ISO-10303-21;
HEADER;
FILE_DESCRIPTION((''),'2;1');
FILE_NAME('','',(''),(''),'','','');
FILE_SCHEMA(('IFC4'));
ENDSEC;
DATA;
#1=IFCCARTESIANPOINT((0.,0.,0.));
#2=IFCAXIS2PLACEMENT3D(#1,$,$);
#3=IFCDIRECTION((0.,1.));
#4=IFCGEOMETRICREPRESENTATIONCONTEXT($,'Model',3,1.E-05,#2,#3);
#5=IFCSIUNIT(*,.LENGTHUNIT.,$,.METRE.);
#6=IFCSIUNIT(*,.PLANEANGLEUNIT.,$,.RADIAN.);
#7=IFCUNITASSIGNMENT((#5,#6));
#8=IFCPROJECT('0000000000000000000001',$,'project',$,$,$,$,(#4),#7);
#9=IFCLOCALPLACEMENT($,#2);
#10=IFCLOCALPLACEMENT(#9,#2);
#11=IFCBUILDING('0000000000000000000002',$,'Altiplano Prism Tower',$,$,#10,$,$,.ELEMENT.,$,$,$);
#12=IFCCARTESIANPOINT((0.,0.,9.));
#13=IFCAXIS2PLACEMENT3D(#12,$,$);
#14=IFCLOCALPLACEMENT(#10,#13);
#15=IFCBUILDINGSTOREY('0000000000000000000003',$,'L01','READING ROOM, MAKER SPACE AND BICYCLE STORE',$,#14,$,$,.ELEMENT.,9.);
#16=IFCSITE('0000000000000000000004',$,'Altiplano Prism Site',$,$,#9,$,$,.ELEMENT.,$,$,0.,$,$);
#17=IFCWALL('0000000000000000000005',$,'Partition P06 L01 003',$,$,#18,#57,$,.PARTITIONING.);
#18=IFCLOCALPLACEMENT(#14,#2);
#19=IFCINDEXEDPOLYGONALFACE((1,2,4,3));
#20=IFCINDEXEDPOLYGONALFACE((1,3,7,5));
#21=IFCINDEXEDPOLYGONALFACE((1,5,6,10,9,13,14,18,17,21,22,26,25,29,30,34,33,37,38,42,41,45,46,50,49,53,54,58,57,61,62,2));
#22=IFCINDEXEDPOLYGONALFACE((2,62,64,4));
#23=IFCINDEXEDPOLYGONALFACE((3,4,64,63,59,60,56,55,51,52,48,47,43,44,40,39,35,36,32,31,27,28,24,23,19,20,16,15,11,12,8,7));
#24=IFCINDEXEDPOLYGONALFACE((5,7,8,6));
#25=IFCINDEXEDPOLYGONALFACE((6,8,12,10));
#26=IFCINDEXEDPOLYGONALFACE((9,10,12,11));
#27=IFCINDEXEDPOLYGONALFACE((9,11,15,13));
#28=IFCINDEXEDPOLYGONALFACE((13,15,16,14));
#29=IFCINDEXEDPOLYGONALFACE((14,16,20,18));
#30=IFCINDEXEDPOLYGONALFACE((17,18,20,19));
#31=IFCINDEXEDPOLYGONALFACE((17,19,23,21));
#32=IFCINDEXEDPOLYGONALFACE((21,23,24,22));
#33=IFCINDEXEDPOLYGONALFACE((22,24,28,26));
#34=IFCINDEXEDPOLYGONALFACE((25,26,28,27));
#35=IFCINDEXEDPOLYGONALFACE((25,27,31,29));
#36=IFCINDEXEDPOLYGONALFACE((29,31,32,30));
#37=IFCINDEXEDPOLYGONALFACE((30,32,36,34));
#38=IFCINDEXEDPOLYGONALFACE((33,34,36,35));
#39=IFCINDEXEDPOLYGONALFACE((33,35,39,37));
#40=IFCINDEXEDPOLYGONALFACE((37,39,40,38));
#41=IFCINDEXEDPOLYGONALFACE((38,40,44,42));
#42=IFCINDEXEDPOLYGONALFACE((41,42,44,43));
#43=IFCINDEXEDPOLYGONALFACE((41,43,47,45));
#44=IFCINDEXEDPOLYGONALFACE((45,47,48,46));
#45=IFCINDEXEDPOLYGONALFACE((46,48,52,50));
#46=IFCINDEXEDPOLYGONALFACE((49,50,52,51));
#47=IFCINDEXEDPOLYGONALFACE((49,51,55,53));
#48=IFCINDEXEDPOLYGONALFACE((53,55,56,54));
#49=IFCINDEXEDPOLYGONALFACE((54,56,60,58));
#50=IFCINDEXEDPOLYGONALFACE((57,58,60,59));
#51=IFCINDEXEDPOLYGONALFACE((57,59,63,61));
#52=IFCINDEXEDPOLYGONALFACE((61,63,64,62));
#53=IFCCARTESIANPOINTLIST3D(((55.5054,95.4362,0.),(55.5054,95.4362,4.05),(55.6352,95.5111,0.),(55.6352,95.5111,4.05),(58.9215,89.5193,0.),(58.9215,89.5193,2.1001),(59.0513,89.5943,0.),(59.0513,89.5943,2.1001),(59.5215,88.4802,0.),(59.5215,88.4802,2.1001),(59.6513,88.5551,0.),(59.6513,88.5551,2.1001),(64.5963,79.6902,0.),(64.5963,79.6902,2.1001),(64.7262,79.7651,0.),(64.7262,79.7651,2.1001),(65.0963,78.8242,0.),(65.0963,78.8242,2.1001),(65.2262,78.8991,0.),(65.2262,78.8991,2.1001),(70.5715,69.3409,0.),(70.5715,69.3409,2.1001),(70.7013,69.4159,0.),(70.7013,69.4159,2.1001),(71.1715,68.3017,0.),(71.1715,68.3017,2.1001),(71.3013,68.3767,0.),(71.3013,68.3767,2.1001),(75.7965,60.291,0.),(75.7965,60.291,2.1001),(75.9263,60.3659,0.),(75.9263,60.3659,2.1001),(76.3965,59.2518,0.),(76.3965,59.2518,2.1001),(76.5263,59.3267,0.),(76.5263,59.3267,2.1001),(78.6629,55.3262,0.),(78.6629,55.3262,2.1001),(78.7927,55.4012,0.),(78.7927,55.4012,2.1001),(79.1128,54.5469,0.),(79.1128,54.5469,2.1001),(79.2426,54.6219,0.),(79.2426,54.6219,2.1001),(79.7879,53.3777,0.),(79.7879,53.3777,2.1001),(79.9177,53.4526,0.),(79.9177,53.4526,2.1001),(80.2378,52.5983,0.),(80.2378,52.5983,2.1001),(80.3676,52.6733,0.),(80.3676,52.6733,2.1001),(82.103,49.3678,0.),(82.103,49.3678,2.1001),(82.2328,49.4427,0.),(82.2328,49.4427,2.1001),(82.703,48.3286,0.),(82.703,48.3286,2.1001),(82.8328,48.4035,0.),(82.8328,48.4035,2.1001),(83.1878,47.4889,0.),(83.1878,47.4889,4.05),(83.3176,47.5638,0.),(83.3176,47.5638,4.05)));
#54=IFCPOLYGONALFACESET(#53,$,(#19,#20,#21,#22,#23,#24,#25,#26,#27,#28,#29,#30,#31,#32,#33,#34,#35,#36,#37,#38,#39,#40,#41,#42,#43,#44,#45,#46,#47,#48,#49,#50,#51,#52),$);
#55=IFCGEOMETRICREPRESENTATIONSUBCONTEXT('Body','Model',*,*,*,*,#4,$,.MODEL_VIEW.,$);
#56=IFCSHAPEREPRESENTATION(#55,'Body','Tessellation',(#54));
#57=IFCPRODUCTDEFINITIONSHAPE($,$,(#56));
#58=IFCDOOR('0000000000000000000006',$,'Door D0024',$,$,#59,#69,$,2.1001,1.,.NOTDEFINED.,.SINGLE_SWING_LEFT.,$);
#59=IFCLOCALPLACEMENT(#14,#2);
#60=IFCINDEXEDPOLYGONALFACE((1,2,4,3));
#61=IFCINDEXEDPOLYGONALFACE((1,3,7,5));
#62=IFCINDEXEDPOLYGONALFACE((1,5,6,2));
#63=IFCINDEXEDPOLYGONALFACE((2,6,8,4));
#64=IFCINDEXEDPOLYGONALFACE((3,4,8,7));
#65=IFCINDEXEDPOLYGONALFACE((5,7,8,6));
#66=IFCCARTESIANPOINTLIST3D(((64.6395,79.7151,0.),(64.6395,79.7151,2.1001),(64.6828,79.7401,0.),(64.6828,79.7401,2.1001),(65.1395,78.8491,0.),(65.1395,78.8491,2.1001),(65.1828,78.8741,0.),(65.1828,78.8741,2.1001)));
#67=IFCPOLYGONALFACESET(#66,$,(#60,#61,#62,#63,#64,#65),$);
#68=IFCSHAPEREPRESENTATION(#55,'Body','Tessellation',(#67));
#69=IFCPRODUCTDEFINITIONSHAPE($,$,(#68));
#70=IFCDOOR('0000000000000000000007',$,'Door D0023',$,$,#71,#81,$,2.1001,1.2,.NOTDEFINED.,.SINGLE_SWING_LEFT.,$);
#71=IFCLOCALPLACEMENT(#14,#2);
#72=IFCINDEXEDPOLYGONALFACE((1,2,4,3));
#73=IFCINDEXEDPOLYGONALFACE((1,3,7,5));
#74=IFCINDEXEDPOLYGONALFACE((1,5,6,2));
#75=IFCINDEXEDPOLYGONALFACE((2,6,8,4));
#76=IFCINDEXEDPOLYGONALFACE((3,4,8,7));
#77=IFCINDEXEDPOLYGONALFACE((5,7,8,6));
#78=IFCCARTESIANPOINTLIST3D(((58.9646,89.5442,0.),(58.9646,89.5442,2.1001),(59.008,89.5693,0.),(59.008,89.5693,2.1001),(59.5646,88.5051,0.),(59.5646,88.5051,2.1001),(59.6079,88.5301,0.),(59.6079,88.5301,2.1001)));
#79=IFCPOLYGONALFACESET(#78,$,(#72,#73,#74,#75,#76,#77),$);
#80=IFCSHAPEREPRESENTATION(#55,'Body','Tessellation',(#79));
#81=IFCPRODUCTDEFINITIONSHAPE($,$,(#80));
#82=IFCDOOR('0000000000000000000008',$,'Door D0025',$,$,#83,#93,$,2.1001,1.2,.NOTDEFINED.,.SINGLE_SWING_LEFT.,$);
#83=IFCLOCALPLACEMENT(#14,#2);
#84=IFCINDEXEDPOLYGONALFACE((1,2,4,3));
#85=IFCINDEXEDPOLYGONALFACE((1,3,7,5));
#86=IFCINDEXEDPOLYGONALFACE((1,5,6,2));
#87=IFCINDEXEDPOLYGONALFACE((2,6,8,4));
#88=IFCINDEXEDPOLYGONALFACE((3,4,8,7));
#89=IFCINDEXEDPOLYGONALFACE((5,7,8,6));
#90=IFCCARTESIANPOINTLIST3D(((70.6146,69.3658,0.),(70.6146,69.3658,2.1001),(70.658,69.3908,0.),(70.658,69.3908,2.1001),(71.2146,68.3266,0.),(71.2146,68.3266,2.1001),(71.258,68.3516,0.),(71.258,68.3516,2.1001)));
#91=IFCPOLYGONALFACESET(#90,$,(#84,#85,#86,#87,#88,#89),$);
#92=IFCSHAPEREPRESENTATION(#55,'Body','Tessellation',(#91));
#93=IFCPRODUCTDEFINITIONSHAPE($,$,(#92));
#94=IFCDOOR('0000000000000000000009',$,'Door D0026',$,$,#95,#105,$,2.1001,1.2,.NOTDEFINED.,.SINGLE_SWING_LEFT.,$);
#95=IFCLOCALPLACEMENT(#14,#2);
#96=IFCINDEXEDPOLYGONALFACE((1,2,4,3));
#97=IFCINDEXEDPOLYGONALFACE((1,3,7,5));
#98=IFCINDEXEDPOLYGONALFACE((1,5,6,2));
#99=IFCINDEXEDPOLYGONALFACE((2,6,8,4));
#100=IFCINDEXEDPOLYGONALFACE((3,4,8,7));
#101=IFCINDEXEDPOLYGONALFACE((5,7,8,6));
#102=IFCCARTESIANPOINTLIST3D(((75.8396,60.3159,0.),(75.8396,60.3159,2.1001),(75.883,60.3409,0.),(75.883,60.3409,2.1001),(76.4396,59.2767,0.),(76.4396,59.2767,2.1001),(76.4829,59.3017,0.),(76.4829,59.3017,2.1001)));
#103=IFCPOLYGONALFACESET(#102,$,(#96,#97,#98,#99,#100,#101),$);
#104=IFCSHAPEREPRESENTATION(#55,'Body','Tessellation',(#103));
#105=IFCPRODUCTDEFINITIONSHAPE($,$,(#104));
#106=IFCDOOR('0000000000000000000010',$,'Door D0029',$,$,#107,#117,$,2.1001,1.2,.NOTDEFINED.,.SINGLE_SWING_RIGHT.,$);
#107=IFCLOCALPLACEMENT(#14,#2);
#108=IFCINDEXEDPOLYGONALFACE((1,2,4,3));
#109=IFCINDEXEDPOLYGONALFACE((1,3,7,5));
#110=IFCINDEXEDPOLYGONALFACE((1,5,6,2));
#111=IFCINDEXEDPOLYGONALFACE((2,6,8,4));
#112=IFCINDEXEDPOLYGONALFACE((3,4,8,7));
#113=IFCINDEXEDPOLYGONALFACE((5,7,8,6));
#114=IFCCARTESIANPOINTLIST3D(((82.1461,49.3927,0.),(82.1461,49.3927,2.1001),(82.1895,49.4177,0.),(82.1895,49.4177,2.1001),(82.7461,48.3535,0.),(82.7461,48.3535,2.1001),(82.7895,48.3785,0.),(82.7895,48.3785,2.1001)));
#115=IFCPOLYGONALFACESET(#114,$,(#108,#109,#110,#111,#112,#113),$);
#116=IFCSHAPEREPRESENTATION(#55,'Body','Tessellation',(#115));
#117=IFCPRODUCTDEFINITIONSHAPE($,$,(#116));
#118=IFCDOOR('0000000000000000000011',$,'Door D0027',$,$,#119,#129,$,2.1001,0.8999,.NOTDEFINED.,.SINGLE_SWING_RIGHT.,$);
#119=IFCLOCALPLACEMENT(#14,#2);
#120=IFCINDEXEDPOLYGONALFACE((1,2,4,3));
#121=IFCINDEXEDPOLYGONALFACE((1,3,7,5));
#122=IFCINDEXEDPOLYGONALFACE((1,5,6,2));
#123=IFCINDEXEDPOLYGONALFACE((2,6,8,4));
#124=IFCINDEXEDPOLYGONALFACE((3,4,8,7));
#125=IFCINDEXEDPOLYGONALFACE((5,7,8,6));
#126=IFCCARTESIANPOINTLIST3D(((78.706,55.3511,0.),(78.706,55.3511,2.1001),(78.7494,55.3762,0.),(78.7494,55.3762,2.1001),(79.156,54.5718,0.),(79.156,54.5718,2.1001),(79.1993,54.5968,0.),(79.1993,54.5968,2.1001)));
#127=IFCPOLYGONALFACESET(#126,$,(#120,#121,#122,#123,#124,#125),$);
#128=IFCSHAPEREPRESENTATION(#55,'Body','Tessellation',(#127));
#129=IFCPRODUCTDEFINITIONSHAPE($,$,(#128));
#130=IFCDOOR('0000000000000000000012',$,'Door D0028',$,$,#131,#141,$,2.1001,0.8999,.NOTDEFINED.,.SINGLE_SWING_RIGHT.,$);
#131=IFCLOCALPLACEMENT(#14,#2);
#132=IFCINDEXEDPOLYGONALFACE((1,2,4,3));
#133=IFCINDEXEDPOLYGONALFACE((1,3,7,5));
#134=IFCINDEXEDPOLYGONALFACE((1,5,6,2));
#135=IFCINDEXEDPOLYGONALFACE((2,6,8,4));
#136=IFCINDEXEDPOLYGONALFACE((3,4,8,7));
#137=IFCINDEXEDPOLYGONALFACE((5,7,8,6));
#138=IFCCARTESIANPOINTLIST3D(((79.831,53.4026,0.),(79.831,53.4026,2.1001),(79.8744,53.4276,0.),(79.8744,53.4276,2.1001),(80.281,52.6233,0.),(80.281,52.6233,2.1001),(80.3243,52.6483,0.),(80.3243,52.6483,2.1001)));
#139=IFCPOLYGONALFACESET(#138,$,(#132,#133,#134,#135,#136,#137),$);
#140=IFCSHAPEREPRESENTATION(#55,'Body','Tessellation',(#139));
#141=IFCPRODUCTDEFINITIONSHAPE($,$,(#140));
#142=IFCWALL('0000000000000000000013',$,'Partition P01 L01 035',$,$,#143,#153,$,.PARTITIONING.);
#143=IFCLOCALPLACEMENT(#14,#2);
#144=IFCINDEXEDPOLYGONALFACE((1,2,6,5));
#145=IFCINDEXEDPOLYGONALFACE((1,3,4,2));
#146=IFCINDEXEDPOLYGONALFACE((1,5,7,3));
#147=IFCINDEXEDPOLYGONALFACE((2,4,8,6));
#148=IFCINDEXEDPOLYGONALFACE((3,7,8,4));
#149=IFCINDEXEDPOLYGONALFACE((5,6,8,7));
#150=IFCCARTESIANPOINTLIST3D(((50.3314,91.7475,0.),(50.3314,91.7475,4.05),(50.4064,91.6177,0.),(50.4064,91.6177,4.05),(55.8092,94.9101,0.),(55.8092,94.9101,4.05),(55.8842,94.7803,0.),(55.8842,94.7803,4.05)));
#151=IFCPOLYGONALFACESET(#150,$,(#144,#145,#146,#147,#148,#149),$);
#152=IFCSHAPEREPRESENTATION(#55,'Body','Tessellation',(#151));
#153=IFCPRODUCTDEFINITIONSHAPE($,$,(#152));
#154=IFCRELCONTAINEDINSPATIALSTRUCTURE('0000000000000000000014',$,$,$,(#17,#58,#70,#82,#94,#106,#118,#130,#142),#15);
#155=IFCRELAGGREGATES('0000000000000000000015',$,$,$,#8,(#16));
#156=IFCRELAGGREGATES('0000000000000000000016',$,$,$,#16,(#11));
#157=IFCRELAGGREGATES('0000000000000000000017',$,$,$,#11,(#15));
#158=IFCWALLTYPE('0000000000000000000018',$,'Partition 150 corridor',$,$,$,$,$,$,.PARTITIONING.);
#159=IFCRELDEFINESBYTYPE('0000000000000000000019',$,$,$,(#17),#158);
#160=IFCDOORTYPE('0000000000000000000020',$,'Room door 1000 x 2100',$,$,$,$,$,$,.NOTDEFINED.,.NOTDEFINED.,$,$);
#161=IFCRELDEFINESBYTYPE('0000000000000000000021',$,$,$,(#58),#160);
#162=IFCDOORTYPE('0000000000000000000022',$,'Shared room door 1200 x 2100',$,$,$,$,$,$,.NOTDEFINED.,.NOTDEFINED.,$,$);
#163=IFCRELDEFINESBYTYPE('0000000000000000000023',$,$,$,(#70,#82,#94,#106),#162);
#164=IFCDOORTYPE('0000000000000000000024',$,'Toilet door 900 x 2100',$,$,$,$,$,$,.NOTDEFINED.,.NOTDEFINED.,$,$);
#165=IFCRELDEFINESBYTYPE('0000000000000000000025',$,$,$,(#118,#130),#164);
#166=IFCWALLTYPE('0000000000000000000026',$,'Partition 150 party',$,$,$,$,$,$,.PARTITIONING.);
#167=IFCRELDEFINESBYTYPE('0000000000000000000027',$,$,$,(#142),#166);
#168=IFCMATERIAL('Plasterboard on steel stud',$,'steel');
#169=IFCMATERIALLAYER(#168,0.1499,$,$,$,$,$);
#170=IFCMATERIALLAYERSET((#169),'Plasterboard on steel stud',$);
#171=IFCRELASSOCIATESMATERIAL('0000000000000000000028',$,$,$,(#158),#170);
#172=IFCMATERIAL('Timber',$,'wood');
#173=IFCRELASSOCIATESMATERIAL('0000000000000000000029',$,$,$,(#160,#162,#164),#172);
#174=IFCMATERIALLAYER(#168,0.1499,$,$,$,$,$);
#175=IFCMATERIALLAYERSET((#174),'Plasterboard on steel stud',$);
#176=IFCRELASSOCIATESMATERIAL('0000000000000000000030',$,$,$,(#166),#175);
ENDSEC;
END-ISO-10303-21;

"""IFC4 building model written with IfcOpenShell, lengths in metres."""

from ifc_helpers import new_model, si_unit, direction, frame, frame_2d, origin, place, context, subcontext, project, spatial, rectangle, extrude, material, layer, layer_set, type_object, element, fill, save


model = new_model("IFC4")

# Units and contexts
model_context = context("Model", 3, precision=1e-05, world=origin(), true_north=direction((0.0, 1.0)))
body_context = subcontext(model_context, "Body", "Model", "MODEL_VIEW")
ifc_project = project(units=[si_unit("LENGTHUNIT", "METRE"), si_unit("PLANEANGLEUNIT", "RADIAN")], contexts=[model_context])

# Site, building, storey
site_placement = place(None, origin())
site = spatial("IfcSite", under=ifc_project, at=site_placement, Name="Altiplano Prism Site", CompositionType="ELEMENT", RefElevation=0.0)
building_placement = place(site_placement, origin())
building = spatial("IfcBuilding", under=site, at=building_placement, Name="Altiplano Prism Tower", CompositionType="ELEMENT")
storey_placement = place(building_placement, frame((0.0, 0.0, 9.0)))
storey = spatial("IfcBuildingStorey", under=building, at=storey_placement, Name="L01", Description="READING ROOM, MAKER SPACE AND BICYCLE STORE", CompositionType="ELEMENT", Elevation=9.0)

# Shared definitions
ifc_material_1 = material(Name="Plasterboard on steel stud", Category="steel")
ifc_layer_1 = layer(ifc_material_1, 0.1499)
ifc_layer_set_1 = layer_set([ifc_layer_1], Name="Plasterboard on steel stud")
wall_type_1 = type_object("IfcWallType", Name="Partition 150 corridor", PredefinedType="PARTITIONING", material=ifc_layer_set_1)

# Wall, openings, doors
wall_1_placement = place(storey_placement, frame((55.5703, 95.4736, 0.0), z_axis=(0.0, 0.0, 1.0), x_axis=(0.5, -0.866025, 0.0)))
wall_1 = element("IfcWall", 1, at=wall_1_placement, inside=storey, type_object=wall_type_1, Name="Partition P06 L01 003", PredefinedType="PARTITIONING", context=body_context, shape_type="SweptSolid", body=[
    extrude(rectangle(XDim=55.3647, YDim=0.1499, at=frame_2d((27.6824, 0.0))), origin(), (0.0, 0.0, 1.0), 4.05),
])
opening_1_placement = place(wall_1_placement, frame((6.832, 0.0, 0.0)))
opening_1 = element("IfcOpeningElement", 2, at=opening_1_placement, cuts=wall_1, PredefinedType="OPENING", context=body_context, shape_type="SweptSolid", body=[
    extrude(rectangle(XDim=1.2, YDim=2.1001, at=frame_2d((0.6001, 1.05))), frame((0.0, 0.0854, 0.0), z_axis=(0.0, -1.0, 0.0), x_axis=(1.0, 0.0, 0.0)), (0.0, 0.0, 1.0), 0.1709),
])
opening_2_placement = place(wall_1_placement, frame((18.1819, 0.0, 0.0)))
opening_2 = element("IfcOpeningElement", 3, at=opening_2_placement, cuts=wall_1, PredefinedType="OPENING", context=body_context, shape_type="SweptSolid", body=[
    extrude(rectangle(XDim=1.0, YDim=2.1001, at=frame_2d((0.5, 1.05))), frame((0.0, 0.0854, 0.0), z_axis=(0.0, -1.0, 0.0), x_axis=(1.0, 0.0, 0.0)), (0.0, 0.0, 1.0), 0.1709),
])
opening_3_placement = place(wall_1_placement, frame((30.1321, 0.0, 0.0)))
opening_3 = element("IfcOpeningElement", 4, at=opening_3_placement, cuts=wall_1, PredefinedType="OPENING", context=body_context, shape_type="SweptSolid", body=[
    extrude(rectangle(XDim=1.2, YDim=2.1001, at=frame_2d((0.6001, 1.05))), frame((0.0, 0.0854, 0.0), z_axis=(0.0, -1.0, 0.0), x_axis=(1.0, 0.0, 0.0)), (0.0, 0.0, 1.0), 0.1709),
])
opening_4_placement = place(wall_1_placement, frame((40.582, 0.0, 0.0)))
opening_4 = element("IfcOpeningElement", 5, at=opening_4_placement, cuts=wall_1, PredefinedType="OPENING", context=body_context, shape_type="SweptSolid", body=[
    extrude(rectangle(XDim=1.2, YDim=2.1001, at=frame_2d((0.6001, 1.05))), frame((0.0, 0.0854, 0.0), z_axis=(0.0, -1.0, 0.0), x_axis=(1.0, 0.0, 0.0)), (0.0, 0.0, 1.0), 0.1709),
])
opening_5_placement = place(wall_1_placement, frame((46.3149, 0.0, 0.0)))
opening_5 = element("IfcOpeningElement", 6, at=opening_5_placement, cuts=wall_1, PredefinedType="OPENING", context=body_context, shape_type="SweptSolid", body=[
    extrude(rectangle(XDim=0.8999, YDim=2.1001, at=frame_2d((0.45, 1.05))), frame((0.0, 0.0854, 0.0), z_axis=(0.0, -1.0, 0.0), x_axis=(1.0, 0.0, 0.0)), (0.0, 0.0, 1.0), 0.1709),
])
opening_6_placement = place(wall_1_placement, frame((48.5649, 0.0, 0.0)))
opening_6 = element("IfcOpeningElement", 7, at=opening_6_placement, cuts=wall_1, PredefinedType="OPENING", context=body_context, shape_type="SweptSolid", body=[
    extrude(rectangle(XDim=0.8999, YDim=2.1001, at=frame_2d((0.45, 1.05))), frame((0.0, 0.0854, 0.0), z_axis=(0.0, -1.0, 0.0), x_axis=(1.0, 0.0, 0.0)), (0.0, 0.0, 1.0), 0.1709),
])
opening_7_placement = place(wall_1_placement, frame((53.1951, 0.0, 0.0)))
opening_7 = element("IfcOpeningElement", 8, at=opening_7_placement, cuts=wall_1, PredefinedType="OPENING", context=body_context, shape_type="SweptSolid", body=[
    extrude(rectangle(XDim=1.2, YDim=2.1001, at=frame_2d((0.6001, 1.05))), frame((0.0, 0.0854, 0.0), z_axis=(0.0, -1.0, 0.0), x_axis=(1.0, 0.0, 0.0)), (0.0, 0.0, 1.0), 0.1709),
])
ifc_material_2 = material(Name="Timber", Category="wood")
door_type_1 = type_object("IfcDoorType", Name="Room door 1000 x 2100", OperationType="NOTDEFINED", PredefinedType="NOTDEFINED", material=ifc_material_2)
door_1_placement = place(opening_2_placement, origin())
door_1 = element("IfcDoor", 9, at=door_1_placement, inside=storey, type_object=door_type_1, Name="Door D0024", OperationType="SINGLE_SWING_LEFT", OverallHeight=2.1001, OverallWidth=1.0, PredefinedType="NOTDEFINED", context=body_context, shape_type="SweptSolid", body=[
    extrude(rectangle(XDim=1.0, YDim=2.1001, at=frame_2d((0.5, 1.05))), frame((0.0, 0.0249, 0.0), z_axis=(0.0, -1.0, 0.0), x_axis=(1.0, 0.0, 0.0)), (0.0, 0.0, 1.0), 0.05),
])
fill(opening_2, door_1)
door_type_2 = type_object("IfcDoorType", Name="Shared room door 1200 x 2100", OperationType="NOTDEFINED", PredefinedType="NOTDEFINED", material=ifc_material_2)
door_2_placement = place(opening_1_placement, origin())
door_2 = element("IfcDoor", 10, at=door_2_placement, inside=storey, type_object=door_type_2, Name="Door D0023", OperationType="SINGLE_SWING_LEFT", OverallHeight=2.1001, OverallWidth=1.2, PredefinedType="NOTDEFINED", context=body_context, shape_type="SweptSolid", body=[
    extrude(rectangle(XDim=1.2, YDim=2.1001, at=frame_2d((0.6001, 1.05))), frame((0.0, 0.0249, 0.0), z_axis=(0.0, -1.0, 0.0), x_axis=(1.0, 0.0, 0.0)), (0.0, 0.0, 1.0), 0.05),
])
fill(opening_1, door_2)
door_3_placement = place(opening_3_placement, origin())
door_3 = element("IfcDoor", 11, at=door_3_placement, inside=storey, type_object=door_type_2, Name="Door D0025", OperationType="SINGLE_SWING_LEFT", OverallHeight=2.1001, OverallWidth=1.2, PredefinedType="NOTDEFINED", context=body_context, shape_type="SweptSolid", body=[
    extrude(rectangle(XDim=1.2, YDim=2.1001, at=frame_2d((0.6001, 1.05))), frame((0.0, 0.0249, 0.0), z_axis=(0.0, -1.0, 0.0), x_axis=(1.0, 0.0, 0.0)), (0.0, 0.0, 1.0), 0.05),
])
fill(opening_3, door_3)
door_4_placement = place(opening_4_placement, origin())
door_4 = element("IfcDoor", 12, at=door_4_placement, inside=storey, type_object=door_type_2, Name="Door D0026", OperationType="SINGLE_SWING_LEFT", OverallHeight=2.1001, OverallWidth=1.2, PredefinedType="NOTDEFINED", context=body_context, shape_type="SweptSolid", body=[
    extrude(rectangle(XDim=1.2, YDim=2.1001, at=frame_2d((0.6001, 1.05))), frame((0.0, 0.0249, 0.0), z_axis=(0.0, -1.0, 0.0), x_axis=(1.0, 0.0, 0.0)), (0.0, 0.0, 1.0), 0.05),
])
fill(opening_4, door_4)
door_5_placement = place(opening_7_placement, origin())
door_5 = element("IfcDoor", 13, at=door_5_placement, inside=storey, type_object=door_type_2, Name="Door D0029", OperationType="SINGLE_SWING_RIGHT", OverallHeight=2.1001, OverallWidth=1.2, PredefinedType="NOTDEFINED", context=body_context, shape_type="SweptSolid", body=[
    extrude(rectangle(XDim=1.2, YDim=2.1001, at=frame_2d((0.6001, 1.05))), frame((0.0, 0.0249, 0.0), z_axis=(0.0, -1.0, 0.0), x_axis=(1.0, 0.0, 0.0)), (0.0, 0.0, 1.0), 0.05),
])
fill(opening_7, door_5)
door_type_3 = type_object("IfcDoorType", Name="Toilet door 900 x 2100", OperationType="NOTDEFINED", PredefinedType="NOTDEFINED", material=ifc_material_2)
door_6_placement = place(opening_5_placement, origin())
door_6 = element("IfcDoor", 14, at=door_6_placement, inside=storey, type_object=door_type_3, Name="Door D0027", OperationType="SINGLE_SWING_RIGHT", OverallHeight=2.1001, OverallWidth=0.8999, PredefinedType="NOTDEFINED", context=body_context, shape_type="SweptSolid", body=[
    extrude(rectangle(XDim=0.8999, YDim=2.1001, at=frame_2d((0.45, 1.05))), frame((0.0, 0.0249, 0.0), z_axis=(0.0, -1.0, 0.0), x_axis=(1.0, 0.0, 0.0)), (0.0, 0.0, 1.0), 0.05),
])
fill(opening_5, door_6)
door_7_placement = place(opening_6_placement, origin())
door_7 = element("IfcDoor", 15, at=door_7_placement, inside=storey, type_object=door_type_3, Name="Door D0028", OperationType="SINGLE_SWING_RIGHT", OverallHeight=2.1001, OverallWidth=0.8999, PredefinedType="NOTDEFINED", context=body_context, shape_type="SweptSolid", body=[
    extrude(rectangle(XDim=0.8999, YDim=2.1001, at=frame_2d((0.45, 1.05))), frame((0.0, 0.0249, 0.0), z_axis=(0.0, -1.0, 0.0), x_axis=(1.0, 0.0, 0.0)), (0.0, 0.0, 1.0), 0.05),
])
fill(opening_6, door_7)

# Wall
ifc_layer_2 = layer(ifc_material_1, 0.1499)
ifc_layer_set_2 = layer_set([ifc_layer_2], Name="Plasterboard on steel stud")
wall_type_2 = type_object("IfcWallType", Name="Partition 150 party", PredefinedType="PARTITIONING", material=ifc_layer_set_2)
wall_2_placement = place(storey_placement, frame((50.3689, 91.6826, 0.0), z_axis=(0.0, 0.0, 1.0), x_axis=(0.866026, 0.5, 0.0)))
element("IfcWall", 16, at=wall_2_placement, inside=storey, type_object=wall_type_2, Name="Partition P01 L01 035", PredefinedType="PARTITIONING", context=body_context, shape_type="SweptSolid", body=[
    extrude(rectangle(XDim=6.3252, YDim=0.1499, at=frame_2d((3.1626, 0.0))), origin(), (0.0, 0.0, 1.0), 4.05),
])

save(model, "model.ifc")
